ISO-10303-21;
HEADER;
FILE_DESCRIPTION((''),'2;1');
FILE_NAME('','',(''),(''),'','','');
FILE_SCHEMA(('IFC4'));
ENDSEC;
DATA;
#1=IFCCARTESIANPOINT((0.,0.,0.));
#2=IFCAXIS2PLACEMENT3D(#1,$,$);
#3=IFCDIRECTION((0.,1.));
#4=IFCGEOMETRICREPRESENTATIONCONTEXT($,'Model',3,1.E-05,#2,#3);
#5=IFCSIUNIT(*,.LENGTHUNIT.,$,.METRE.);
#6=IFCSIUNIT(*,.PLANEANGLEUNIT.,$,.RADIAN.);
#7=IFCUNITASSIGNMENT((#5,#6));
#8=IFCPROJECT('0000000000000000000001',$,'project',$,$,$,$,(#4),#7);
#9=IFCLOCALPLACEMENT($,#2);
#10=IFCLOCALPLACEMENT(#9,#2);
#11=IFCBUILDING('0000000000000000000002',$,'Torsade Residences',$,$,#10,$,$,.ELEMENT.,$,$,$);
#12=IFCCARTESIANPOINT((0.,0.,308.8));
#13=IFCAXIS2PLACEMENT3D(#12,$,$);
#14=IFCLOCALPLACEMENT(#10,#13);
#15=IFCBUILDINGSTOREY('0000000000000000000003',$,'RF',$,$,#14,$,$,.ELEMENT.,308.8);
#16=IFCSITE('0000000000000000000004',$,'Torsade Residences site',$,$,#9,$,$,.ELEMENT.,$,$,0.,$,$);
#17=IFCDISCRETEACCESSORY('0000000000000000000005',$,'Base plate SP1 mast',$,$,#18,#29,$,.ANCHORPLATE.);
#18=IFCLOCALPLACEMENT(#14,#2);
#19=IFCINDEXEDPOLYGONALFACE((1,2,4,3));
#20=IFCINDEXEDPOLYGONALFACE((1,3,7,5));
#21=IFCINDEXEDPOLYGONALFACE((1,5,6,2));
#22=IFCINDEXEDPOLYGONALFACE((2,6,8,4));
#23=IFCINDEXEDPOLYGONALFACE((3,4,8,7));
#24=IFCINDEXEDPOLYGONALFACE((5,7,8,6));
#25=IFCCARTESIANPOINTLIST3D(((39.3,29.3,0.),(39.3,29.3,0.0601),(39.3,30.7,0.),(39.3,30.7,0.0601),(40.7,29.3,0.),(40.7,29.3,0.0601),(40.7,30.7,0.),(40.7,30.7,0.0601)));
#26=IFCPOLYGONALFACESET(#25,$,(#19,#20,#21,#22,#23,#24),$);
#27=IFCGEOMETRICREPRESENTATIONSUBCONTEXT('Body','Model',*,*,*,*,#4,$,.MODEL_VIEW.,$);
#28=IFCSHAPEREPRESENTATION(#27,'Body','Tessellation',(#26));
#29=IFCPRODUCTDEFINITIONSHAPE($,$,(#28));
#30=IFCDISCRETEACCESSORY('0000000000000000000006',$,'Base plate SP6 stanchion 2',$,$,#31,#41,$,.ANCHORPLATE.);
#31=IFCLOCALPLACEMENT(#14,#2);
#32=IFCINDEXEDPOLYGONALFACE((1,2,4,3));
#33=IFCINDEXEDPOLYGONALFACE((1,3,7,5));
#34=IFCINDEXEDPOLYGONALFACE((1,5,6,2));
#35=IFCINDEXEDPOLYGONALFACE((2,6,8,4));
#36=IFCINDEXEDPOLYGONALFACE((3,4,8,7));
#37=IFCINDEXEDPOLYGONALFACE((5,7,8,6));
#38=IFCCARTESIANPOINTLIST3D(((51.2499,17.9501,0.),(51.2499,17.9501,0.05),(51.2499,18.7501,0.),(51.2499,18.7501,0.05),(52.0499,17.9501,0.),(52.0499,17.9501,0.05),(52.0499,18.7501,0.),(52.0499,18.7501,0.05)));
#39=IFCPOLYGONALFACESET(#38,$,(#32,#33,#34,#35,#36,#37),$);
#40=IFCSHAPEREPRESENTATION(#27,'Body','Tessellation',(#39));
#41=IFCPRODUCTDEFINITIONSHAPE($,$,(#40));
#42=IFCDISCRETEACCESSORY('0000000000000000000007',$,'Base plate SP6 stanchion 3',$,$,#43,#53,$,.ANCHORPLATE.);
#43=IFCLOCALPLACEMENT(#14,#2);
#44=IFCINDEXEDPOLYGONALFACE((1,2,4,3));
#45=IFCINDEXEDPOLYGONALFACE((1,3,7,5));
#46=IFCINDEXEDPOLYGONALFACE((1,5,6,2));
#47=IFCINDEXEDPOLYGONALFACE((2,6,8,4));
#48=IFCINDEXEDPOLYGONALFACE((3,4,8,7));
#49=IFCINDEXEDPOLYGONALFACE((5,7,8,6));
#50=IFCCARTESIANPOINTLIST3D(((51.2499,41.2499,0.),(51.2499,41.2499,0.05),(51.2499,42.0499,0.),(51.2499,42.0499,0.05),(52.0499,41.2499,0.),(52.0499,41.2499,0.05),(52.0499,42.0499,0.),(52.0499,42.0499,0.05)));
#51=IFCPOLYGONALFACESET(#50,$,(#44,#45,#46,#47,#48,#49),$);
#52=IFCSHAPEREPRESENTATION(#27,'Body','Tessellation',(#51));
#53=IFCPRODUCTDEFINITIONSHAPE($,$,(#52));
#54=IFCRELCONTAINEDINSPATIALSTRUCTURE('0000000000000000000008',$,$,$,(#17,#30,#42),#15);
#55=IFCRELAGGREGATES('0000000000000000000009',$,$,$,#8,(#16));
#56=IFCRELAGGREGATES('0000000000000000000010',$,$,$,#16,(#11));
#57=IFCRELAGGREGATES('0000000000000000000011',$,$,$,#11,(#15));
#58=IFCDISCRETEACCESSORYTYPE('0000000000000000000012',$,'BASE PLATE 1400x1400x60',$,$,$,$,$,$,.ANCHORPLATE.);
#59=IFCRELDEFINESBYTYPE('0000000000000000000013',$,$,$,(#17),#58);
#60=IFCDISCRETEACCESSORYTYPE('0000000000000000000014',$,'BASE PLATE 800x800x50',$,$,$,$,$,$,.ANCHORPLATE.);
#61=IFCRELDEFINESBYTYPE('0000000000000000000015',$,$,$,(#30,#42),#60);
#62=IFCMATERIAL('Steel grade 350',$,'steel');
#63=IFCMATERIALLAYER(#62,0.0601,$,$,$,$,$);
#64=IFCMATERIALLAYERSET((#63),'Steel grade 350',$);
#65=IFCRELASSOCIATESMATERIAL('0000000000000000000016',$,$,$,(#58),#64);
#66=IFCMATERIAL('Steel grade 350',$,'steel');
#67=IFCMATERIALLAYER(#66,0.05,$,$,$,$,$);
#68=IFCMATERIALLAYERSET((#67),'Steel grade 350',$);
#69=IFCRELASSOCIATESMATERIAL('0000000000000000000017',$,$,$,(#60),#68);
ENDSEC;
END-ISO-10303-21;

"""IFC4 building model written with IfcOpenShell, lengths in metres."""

from ifc_helpers import new_model, si_unit, direction, frame, origin, origin_2d, place, context, subcontext, project, spatial, rectangle, extrude, material, layer, layer_set, type_object, element, save


model = new_model("IFC4")

# Units and contexts
model_context = context("Model", 3, precision=1e-05, world=origin(), true_north=direction((0.0, 1.0)))
body_context = subcontext(model_context, "Body", "Model", "MODEL_VIEW")
ifc_project = project(units=[si_unit("LENGTHUNIT", "METRE"), si_unit("PLANEANGLEUNIT", "RADIAN")], contexts=[model_context])

# Site, building, storey
site_placement = place(None, origin())
site = spatial("IfcSite", under=ifc_project, at=site_placement, Name="Torsade Residences site", CompositionType="ELEMENT", RefElevation=0.0)
building_placement = place(site_placement, origin())
building = spatial("IfcBuilding", under=site, at=building_placement, Name="Torsade Residences", CompositionType="ELEMENT")
storey_placement = place(building_placement, frame((0.0, 0.0, 308.8)))
storey = spatial("IfcBuildingStorey", under=building, at=storey_placement, Name="RF", CompositionType="ELEMENT", Elevation=308.8)

# Discrete accessories
ifc_material_1 = material(Name="Steel grade 350", Category="steel")
ifc_layer_1 = layer(ifc_material_1, 0.0601)
ifc_layer_set_1 = layer_set([ifc_layer_1], Name="Steel grade 350")
discrete_accessory_type_1 = type_object("IfcDiscreteAccessoryType", Name="BASE PLATE 1400x1400x60", PredefinedType="ANCHORPLATE", material=ifc_layer_set_1)
discrete_accessory_placement = place(storey_placement, frame((40.0, 30.0, 0.0), z_axis=(0.0, 0.0, 1.0), x_axis=(1.0, 0.0, 0.0)))
element("IfcDiscreteAccessory", 1, at=discrete_accessory_placement, inside=storey, type_object=discrete_accessory_type_1, Name="Base plate SP1 mast", PredefinedType="ANCHORPLATE", context=body_context, shape_type="SweptSolid", body=[
    extrude(rectangle(XDim=1.3999, YDim=1.3999, at=origin_2d()), origin(), (0.0, 0.0, 1.0), 0.0601),
])
ifc_material_2 = material(Name="Steel grade 350", Category="steel")
ifc_layer_2 = layer(ifc_material_2, 0.05)
ifc_layer_set_2 = layer_set([ifc_layer_2], Name="Steel grade 350")
discrete_accessory_type_2 = type_object("IfcDiscreteAccessoryType", Name="BASE PLATE 800x800x50", PredefinedType="ANCHORPLATE", material=ifc_layer_set_2)
for number, where, z_axis, x_axis, name in (
    (2, (51.6499, 18.3501, 0.0), (0.0, 0.0, 1.0), (1.0, 0.0, 0.0), "Base plate SP6 stanchion 2"),
    (3, (51.6499, 41.6499, 0.0), (0.0, 0.0, 1.0), (1.0, 0.0, 0.0), "Base plate SP6 stanchion 3"),
):
    element("IfcDiscreteAccessory", number, at=place(storey_placement, frame(where, z_axis=z_axis, x_axis=x_axis)), inside=storey, type_object=discrete_accessory_type_2, Name=name, PredefinedType="ANCHORPLATE", context=body_context, shape_type="SweptSolid", body=[
        extrude(rectangle(XDim=0.8, YDim=0.8, at=origin_2d()), origin(), (0.0, 0.0, 1.0), 0.05),
    ])

save(model, "model.ifc")
